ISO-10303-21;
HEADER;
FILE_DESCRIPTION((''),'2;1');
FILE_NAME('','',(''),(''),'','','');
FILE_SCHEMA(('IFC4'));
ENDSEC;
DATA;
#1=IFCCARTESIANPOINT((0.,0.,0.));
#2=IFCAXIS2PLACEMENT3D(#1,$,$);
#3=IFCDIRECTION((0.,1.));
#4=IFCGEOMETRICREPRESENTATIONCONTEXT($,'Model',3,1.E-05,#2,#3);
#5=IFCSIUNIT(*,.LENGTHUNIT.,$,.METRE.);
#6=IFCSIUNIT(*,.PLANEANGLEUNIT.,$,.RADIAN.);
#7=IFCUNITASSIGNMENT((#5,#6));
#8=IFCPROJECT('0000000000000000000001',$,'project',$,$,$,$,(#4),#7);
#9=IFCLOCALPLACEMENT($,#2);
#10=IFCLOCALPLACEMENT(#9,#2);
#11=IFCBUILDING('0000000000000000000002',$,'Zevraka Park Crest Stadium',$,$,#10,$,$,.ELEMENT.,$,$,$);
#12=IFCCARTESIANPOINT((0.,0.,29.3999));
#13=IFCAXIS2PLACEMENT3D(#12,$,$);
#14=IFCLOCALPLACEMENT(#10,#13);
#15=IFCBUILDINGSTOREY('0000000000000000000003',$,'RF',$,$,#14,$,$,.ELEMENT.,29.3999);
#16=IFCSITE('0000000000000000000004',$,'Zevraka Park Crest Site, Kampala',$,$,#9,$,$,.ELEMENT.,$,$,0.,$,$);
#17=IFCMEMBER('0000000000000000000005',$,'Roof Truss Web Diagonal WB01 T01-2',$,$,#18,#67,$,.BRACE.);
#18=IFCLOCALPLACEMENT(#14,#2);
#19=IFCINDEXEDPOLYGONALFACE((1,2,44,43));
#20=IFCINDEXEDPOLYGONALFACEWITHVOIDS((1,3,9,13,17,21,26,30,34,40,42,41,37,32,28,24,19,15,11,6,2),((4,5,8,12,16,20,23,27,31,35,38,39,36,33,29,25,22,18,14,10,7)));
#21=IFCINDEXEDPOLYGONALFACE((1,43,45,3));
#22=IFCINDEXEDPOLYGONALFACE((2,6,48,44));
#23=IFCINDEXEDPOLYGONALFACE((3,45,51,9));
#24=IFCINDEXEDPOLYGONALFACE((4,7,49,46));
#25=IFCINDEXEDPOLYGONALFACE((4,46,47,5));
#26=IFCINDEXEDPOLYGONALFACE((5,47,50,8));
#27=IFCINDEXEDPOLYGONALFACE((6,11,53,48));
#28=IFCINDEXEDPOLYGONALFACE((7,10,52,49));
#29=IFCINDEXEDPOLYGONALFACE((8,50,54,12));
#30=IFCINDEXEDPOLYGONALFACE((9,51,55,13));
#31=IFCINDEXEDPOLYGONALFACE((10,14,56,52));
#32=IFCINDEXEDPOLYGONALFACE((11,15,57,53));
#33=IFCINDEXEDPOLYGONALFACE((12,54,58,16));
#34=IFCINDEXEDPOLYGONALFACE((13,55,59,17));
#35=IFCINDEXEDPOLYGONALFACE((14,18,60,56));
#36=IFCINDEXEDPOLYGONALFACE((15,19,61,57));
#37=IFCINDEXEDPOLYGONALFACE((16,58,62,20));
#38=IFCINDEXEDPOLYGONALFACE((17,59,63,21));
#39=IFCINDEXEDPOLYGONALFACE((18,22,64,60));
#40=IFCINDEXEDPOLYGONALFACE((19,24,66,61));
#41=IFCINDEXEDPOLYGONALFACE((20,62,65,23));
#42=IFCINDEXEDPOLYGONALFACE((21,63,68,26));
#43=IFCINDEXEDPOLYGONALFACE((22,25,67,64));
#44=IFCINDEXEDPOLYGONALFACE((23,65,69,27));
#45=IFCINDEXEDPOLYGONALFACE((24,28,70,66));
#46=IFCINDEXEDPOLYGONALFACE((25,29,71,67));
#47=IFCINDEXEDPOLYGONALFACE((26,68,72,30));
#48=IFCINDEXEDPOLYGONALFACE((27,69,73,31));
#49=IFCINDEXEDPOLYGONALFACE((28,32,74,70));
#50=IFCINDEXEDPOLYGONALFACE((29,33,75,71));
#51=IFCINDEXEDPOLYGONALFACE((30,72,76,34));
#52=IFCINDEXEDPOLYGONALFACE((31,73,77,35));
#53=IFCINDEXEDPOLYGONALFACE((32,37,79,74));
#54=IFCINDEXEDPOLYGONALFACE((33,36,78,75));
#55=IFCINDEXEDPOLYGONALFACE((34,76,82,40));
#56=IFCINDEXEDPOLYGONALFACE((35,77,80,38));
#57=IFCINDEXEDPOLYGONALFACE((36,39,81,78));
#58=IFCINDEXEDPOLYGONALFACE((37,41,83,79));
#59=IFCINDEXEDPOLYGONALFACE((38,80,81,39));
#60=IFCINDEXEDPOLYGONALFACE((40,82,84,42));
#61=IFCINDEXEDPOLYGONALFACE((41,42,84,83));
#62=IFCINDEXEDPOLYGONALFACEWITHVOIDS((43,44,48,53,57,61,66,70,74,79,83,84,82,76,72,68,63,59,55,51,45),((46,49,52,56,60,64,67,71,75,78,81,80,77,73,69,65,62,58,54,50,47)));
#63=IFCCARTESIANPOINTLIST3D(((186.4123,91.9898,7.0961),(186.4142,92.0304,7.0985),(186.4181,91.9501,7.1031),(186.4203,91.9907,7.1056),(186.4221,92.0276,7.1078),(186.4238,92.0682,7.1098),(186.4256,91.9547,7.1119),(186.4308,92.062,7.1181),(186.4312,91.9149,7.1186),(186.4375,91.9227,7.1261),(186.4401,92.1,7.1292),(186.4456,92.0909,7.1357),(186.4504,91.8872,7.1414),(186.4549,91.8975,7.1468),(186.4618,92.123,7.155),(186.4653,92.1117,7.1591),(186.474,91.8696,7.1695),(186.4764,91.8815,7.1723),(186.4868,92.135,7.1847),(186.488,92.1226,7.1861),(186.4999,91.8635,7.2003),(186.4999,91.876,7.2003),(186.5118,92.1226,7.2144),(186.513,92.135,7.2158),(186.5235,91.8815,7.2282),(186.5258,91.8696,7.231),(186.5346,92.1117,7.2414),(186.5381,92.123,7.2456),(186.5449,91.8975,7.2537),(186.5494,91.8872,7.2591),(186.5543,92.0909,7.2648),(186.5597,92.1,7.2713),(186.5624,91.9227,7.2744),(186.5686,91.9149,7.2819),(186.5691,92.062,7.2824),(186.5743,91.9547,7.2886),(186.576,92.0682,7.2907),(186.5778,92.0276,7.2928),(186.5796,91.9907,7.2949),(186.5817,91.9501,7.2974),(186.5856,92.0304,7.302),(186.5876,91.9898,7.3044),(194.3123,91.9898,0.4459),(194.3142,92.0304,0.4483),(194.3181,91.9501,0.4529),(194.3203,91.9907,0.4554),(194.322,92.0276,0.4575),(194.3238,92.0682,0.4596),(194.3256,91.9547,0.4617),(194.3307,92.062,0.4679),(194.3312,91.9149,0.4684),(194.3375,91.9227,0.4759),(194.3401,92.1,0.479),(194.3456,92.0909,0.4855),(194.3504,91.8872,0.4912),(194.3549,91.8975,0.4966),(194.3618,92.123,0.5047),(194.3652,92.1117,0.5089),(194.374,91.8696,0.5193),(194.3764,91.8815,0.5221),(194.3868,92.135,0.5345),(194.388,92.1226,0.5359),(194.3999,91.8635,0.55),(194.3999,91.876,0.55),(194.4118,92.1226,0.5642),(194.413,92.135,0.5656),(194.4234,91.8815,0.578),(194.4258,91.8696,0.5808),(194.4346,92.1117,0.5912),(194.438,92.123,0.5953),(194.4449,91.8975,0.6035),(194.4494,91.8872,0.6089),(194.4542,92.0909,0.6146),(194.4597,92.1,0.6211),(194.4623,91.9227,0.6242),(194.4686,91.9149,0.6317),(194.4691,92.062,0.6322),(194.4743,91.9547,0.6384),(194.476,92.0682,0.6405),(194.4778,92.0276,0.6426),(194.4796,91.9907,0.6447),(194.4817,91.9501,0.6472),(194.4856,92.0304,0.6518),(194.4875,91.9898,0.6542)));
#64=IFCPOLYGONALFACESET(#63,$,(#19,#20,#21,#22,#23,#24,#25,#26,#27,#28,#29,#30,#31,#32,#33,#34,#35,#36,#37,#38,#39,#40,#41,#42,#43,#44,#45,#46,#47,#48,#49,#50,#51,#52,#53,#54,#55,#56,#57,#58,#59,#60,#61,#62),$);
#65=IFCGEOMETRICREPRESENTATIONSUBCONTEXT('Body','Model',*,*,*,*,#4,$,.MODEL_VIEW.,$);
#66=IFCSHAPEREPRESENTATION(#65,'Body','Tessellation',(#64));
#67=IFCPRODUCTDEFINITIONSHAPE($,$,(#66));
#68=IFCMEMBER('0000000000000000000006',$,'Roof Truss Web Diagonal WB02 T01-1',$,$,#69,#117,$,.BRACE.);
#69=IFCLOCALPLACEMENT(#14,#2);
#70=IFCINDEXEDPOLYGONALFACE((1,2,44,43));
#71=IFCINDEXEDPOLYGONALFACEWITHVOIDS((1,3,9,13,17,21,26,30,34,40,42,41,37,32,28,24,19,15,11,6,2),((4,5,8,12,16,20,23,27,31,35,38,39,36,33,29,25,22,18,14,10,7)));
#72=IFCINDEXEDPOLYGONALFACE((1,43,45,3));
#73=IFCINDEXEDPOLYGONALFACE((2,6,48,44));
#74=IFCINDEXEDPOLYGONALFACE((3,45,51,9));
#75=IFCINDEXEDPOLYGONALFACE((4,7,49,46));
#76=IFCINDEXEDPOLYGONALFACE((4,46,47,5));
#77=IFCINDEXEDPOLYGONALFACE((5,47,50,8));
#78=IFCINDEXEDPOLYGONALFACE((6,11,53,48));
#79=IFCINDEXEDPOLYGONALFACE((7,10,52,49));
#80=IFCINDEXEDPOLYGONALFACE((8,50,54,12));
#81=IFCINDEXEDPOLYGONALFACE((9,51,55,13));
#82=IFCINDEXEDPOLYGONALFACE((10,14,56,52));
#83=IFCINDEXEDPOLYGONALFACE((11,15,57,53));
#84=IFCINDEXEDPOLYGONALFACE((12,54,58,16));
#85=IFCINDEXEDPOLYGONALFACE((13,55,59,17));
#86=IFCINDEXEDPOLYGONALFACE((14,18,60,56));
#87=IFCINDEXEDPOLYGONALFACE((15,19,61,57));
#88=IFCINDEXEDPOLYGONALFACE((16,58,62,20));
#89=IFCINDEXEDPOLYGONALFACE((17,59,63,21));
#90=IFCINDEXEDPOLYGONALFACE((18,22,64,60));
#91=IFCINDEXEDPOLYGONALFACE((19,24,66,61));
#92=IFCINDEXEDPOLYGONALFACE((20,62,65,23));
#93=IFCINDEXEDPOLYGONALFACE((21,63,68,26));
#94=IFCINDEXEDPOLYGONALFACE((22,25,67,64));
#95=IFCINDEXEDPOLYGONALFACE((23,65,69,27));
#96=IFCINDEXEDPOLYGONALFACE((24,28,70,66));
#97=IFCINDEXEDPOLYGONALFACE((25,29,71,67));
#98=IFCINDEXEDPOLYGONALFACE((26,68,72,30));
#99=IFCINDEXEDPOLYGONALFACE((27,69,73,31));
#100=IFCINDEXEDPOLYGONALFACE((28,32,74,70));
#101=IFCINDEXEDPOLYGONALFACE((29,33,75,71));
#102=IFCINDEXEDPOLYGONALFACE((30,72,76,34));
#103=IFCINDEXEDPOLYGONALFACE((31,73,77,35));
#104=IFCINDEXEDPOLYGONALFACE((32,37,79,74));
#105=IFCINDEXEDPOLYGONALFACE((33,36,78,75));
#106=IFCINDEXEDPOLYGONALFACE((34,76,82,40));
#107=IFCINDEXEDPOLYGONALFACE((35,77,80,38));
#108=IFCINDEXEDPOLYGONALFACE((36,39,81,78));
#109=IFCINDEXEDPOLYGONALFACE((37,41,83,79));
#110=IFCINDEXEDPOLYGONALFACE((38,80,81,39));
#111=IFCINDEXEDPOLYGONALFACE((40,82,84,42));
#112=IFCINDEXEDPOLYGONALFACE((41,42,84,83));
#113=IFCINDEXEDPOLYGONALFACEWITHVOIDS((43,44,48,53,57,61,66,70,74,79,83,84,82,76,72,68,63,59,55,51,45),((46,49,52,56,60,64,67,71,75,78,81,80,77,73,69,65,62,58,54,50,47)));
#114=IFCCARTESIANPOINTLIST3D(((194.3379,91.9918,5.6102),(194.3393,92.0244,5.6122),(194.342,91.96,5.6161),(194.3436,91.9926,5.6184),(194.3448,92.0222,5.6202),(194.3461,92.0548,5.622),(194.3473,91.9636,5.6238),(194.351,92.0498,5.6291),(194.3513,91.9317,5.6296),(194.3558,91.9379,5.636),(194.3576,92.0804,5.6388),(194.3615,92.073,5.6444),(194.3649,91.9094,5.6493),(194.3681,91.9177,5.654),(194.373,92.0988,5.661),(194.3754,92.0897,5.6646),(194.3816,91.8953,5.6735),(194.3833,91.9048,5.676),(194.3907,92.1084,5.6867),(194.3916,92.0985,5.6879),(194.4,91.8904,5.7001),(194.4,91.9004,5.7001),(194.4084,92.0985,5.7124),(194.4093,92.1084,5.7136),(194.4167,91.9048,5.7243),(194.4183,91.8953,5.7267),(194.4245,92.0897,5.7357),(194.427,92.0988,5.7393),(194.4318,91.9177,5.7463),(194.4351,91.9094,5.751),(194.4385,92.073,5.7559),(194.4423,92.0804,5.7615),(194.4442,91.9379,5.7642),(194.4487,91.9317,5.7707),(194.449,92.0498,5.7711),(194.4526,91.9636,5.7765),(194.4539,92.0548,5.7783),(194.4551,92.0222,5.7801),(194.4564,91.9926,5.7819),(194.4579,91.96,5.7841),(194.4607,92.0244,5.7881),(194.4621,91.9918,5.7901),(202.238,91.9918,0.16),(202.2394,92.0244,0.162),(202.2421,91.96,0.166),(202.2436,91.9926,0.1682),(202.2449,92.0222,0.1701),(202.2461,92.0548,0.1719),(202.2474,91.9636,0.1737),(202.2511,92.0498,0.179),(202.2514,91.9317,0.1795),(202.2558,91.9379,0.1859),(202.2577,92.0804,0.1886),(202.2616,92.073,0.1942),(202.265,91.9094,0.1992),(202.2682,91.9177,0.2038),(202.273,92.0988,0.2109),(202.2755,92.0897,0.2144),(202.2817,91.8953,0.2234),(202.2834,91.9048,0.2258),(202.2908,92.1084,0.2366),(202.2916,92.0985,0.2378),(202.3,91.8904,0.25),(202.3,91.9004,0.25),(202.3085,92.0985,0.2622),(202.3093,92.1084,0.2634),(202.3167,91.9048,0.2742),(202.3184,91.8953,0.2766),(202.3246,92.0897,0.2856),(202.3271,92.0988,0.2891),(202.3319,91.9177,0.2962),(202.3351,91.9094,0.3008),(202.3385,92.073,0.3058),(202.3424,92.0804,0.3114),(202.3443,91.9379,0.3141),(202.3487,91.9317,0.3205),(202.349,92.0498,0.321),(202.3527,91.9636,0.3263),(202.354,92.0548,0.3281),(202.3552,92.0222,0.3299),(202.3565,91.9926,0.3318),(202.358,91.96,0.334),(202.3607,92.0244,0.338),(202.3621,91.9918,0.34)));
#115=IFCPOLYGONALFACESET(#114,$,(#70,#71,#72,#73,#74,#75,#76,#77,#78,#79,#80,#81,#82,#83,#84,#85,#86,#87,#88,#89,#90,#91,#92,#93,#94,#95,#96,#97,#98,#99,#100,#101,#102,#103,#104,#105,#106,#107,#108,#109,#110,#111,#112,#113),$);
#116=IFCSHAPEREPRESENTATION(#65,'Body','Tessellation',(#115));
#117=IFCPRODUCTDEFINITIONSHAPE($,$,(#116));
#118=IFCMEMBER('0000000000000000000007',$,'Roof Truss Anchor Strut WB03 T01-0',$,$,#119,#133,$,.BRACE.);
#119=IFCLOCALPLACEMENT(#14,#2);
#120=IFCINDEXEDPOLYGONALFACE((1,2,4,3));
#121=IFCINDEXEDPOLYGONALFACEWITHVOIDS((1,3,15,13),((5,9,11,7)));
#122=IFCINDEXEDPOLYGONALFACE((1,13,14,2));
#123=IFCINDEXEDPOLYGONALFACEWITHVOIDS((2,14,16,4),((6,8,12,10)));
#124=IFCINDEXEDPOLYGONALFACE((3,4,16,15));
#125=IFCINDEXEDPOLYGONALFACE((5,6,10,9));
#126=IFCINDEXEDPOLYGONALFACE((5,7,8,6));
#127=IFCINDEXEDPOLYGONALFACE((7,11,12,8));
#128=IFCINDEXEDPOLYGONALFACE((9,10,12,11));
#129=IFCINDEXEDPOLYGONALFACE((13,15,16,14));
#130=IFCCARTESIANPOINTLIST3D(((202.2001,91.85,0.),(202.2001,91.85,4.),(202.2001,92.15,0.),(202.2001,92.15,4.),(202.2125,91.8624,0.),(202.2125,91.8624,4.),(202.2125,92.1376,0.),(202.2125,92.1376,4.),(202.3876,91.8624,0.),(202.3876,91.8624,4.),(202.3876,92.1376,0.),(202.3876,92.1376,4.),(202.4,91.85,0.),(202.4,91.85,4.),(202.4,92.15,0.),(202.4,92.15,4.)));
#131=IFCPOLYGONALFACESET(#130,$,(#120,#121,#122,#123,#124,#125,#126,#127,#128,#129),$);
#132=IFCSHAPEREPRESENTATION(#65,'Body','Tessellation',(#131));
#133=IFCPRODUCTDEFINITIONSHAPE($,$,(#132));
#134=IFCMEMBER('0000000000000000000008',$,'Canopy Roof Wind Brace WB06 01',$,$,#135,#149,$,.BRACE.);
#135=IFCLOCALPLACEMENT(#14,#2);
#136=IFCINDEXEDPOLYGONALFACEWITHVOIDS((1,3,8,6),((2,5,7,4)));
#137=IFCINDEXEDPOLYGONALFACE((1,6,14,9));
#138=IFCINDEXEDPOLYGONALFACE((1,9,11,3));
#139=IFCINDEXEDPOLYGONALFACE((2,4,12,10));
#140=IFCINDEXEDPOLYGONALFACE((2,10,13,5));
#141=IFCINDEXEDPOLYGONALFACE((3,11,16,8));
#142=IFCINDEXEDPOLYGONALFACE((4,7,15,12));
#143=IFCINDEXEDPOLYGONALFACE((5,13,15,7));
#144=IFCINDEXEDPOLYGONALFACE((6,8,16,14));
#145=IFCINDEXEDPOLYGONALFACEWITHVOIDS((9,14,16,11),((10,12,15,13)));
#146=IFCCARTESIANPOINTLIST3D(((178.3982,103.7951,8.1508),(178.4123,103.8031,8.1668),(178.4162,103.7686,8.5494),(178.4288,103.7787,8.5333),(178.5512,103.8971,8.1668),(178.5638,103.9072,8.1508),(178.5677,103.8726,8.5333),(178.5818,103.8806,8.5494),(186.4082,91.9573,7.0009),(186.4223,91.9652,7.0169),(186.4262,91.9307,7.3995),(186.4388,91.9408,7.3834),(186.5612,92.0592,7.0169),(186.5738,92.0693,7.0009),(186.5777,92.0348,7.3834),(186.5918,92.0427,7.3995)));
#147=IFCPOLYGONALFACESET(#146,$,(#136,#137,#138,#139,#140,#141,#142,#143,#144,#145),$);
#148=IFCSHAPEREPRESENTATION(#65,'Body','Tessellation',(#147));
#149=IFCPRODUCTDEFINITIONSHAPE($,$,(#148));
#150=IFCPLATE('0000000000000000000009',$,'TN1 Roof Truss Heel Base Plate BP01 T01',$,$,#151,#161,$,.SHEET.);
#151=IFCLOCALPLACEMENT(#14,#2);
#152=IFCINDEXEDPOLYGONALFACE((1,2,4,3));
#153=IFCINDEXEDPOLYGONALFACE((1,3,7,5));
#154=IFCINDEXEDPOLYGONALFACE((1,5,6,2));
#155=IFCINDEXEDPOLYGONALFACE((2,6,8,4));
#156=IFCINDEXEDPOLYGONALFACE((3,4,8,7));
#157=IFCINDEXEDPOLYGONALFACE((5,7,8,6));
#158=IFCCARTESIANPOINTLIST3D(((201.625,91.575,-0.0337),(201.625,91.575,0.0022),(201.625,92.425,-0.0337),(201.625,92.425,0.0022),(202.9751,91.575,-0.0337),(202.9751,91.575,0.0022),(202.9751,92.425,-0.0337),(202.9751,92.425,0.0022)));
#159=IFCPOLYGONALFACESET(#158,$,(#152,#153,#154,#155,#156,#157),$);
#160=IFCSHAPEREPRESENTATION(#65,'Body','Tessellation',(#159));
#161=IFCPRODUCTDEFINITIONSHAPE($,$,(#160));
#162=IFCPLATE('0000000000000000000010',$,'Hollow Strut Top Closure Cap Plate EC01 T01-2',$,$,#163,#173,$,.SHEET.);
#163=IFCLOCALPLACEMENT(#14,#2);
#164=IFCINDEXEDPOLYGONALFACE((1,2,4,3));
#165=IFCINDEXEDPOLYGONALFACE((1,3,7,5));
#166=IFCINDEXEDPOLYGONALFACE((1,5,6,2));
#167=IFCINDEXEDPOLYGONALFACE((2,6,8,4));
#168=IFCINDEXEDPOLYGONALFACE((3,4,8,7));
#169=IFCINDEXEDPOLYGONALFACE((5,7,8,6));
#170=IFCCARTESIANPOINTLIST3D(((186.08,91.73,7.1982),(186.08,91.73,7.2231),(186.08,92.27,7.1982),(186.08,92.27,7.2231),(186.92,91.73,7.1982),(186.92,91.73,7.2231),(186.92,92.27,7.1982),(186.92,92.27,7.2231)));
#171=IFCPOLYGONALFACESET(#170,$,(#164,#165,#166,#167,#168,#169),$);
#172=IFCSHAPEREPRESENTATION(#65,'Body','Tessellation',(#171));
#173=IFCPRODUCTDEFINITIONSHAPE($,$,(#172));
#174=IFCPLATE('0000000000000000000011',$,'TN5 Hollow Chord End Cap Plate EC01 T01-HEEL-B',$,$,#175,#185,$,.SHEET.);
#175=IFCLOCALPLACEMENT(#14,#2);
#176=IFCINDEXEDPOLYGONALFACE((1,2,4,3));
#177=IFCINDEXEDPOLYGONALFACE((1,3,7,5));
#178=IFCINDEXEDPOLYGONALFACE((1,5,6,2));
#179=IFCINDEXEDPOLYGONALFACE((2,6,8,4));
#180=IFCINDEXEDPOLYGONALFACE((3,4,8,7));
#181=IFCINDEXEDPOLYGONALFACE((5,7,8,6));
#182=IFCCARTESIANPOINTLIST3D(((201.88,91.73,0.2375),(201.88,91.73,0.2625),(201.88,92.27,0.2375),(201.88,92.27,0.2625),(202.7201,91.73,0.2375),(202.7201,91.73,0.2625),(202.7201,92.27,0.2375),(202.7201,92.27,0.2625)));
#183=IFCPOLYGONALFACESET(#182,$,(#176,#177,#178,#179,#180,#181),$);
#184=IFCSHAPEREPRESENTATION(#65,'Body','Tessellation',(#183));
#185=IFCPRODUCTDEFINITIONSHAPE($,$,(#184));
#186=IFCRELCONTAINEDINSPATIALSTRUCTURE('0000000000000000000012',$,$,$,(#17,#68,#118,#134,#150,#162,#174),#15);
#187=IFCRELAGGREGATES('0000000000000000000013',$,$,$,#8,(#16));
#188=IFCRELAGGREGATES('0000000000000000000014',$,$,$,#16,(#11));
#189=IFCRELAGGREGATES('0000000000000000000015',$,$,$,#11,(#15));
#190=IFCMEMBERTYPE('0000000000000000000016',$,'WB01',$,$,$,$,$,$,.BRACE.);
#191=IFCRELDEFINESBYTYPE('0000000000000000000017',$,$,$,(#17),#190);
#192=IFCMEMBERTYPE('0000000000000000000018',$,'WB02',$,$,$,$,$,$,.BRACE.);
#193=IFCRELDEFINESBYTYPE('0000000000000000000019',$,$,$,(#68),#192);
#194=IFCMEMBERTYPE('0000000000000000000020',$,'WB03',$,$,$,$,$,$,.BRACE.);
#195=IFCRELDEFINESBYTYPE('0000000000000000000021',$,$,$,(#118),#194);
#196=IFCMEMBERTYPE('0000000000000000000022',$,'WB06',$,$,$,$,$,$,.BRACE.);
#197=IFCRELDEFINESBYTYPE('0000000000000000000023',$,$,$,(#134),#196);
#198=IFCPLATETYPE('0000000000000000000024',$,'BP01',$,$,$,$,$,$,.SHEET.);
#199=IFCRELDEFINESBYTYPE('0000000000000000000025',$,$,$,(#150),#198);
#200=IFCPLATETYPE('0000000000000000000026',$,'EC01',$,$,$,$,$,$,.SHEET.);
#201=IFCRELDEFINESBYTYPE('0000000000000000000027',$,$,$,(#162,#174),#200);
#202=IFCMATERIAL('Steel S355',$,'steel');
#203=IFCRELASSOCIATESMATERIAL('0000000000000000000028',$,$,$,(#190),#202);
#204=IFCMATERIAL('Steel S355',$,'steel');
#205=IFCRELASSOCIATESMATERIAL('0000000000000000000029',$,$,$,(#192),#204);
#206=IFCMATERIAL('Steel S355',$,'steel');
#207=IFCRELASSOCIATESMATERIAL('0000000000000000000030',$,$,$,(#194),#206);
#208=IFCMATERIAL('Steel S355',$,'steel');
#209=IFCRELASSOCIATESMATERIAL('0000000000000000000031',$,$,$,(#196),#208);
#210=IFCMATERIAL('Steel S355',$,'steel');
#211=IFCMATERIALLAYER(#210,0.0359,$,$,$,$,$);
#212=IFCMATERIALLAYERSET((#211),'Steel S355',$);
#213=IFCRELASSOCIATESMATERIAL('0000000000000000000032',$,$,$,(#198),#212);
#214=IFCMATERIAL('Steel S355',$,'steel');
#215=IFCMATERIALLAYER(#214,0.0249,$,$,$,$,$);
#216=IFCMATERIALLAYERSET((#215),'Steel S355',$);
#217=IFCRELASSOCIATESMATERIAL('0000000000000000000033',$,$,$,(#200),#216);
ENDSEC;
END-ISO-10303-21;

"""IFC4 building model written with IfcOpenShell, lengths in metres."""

from ifc_helpers import new_model, si_unit, direction, frame, origin, origin_2d, place, context, subcontext, project, spatial, rectangle, hollow_rectangle, hollow_circle, extrude, material, layer, layer_set, material_profile, profile_set, type_object, element, save


model = new_model("IFC4")

# Units and contexts
model_context = context("Model", 3, precision=1e-05, world=origin(), true_north=direction((0.0, 1.0)))
body_context = subcontext(model_context, "Body", "Model", "MODEL_VIEW")
ifc_project = project(units=[si_unit("LENGTHUNIT", "METRE"), si_unit("PLANEANGLEUNIT", "RADIAN")], contexts=[model_context])

# Site, building, storey
site_placement = place(None, origin())
site = spatial("IfcSite", under=ifc_project, at=site_placement, Name="Zevraka Park Crest Site, Kampala", CompositionType="ELEMENT", RefElevation=0.0)
building_placement = place(site_placement, origin())
building = spatial("IfcBuilding", under=site, at=building_placement, Name="Zevraka Park Crest Stadium", CompositionType="ELEMENT")
storey_placement = place(building_placement, frame((0.0, 0.0, 29.3999)))
storey = spatial("IfcBuildingStorey", under=building, at=storey_placement, Name="RF", CompositionType="ELEMENT", Elevation=29.3999)

# Members
ifc_material_1 = material(Name="Steel S355", Category="steel")
ifc_material_profile_1 = material_profile(ifc_material_1, hollow_circle(Radius=0.1365, WallThickness=0.0125, at=origin_2d()), Name="CHS 273.0x12.5")
ifc_profile_set_1 = profile_set([ifc_material_profile_1], Name="Steel S355")
member_type_1 = type_object("IfcMemberType", Name="WB01", PredefinedType="BRACE", material=ifc_profile_set_1)
member_1_placement = place(storey_placement, frame((194.3999, 92.0, 0.55), z_axis=(-0.765026, 0.0, 0.644), x_axis=(0.0, -1.0, 0.0)))
element("IfcMember", 1, at=member_1_placement, inside=storey, type_object=member_type_1, Name="Roof Truss Web Diagonal WB01 T01-2", PredefinedType="BRACE", context=body_context, shape_type="SweptSolid", body=[
    extrude(hollow_circle(Radius=0.1365, WallThickness=0.0125, at=origin_2d()), origin(), (0.0, 0.0, 1.0), 10.3264),
])
ifc_material_2 = material(Name="Steel S355", Category="steel")
ifc_material_profile_2 = material_profile(ifc_material_2, hollow_circle(Radius=0.1096, WallThickness=0.01, at=origin_2d()), Name="CHS 219.1x10")
ifc_profile_set_2 = profile_set([ifc_material_profile_2], Name="Steel S355")
member_type_2 = type_object("IfcMemberType", Name="WB02", PredefinedType="BRACE", material=ifc_profile_set_2)
member_2_placement = place(storey_placement, frame((202.3, 92.0, 0.25), z_axis=(-0.823124, 0.0, 0.567861), x_axis=(0.0, -1.0, 0.0)))
element("IfcMember", 2, at=member_2_placement, inside=storey, type_object=member_type_2, Name="Roof Truss Web Diagonal WB02 T01-1", PredefinedType="BRACE", context=body_context, shape_type="SweptSolid", body=[
    extrude(hollow_circle(Radius=0.1096, WallThickness=0.01, at=origin_2d()), origin(), (0.0, 0.0, 1.0), 9.5977),
])
ifc_material_3 = material(Name="Steel S355", Category="steel")
ifc_material_profile_3 = material_profile(ifc_material_3, hollow_rectangle(XDim=0.2, YDim=0.3, WallThickness=0.0125, at=origin_2d()), Name="RHS 300x200x12.5")
ifc_profile_set_3 = profile_set([ifc_material_profile_3], Name="Steel S355")
member_type_3 = type_object("IfcMemberType", Name="WB03", PredefinedType="BRACE", material=ifc_profile_set_3)
member_3_placement = place(storey_placement, frame((202.3, 92.0, 0.0), z_axis=(0.0, 0.0, 1.0), x_axis=(1.0, 0.0, 0.0)))
element("IfcMember", 3, at=member_3_placement, inside=storey, type_object=member_type_3, Name="Roof Truss Anchor Strut WB03 T01-0", PredefinedType="BRACE", context=body_context, shape_type="SweptSolid", body=[
    extrude(hollow_rectangle(XDim=0.2, YDim=0.3, WallThickness=0.0125, at=origin_2d()), origin(), (0.0, 0.0, 1.0), 4.0),
])
ifc_material_4 = material(Name="Steel S355", Category="steel")
ifc_material_profile_4 = material_profile(ifc_material_4, hollow_rectangle(XDim=0.2, YDim=0.3999, WallThickness=0.0161, at=origin_2d()), Name="RHS 400x200x16")
ifc_profile_set_4 = profile_set([ifc_material_profile_4], Name="Steel S355")
member_type_4 = type_object("IfcMemberType", Name="WB06", PredefinedType="BRACE", material=ifc_profile_set_4)
member_4_placement = place(storey_placement, frame((186.5, 92.0, 7.2002), z_axis=(-0.558602, 0.82555, 0.080192), x_axis=(-0.828218, -0.560407, 0.0)))
element("IfcMember", 4, at=member_4_placement, inside=storey, type_object=member_type_4, Name="Canopy Roof Wind Brace WB06 01", PredefinedType="BRACE", context=body_context, shape_type="SweptSolid", body=[
    extrude(hollow_rectangle(XDim=0.2, YDim=0.3999, WallThickness=0.0161, at=origin_2d()), origin(), (0.0, 0.0, 1.0), 14.3394),
])

# Plates
ifc_material_5 = material(Name="Steel S355", Category="steel")
ifc_layer_1 = layer(ifc_material_5, 0.0359)
ifc_layer_set_1 = layer_set([ifc_layer_1], Name="Steel S355")
plate_type_1 = type_object("IfcPlateType", Name="BP01", PredefinedType="SHEET", material=ifc_layer_set_1)
plate_1_placement = place(storey_placement, frame((202.3, 92.0, -0.0337), z_axis=(0.0, 0.0, 1.0), x_axis=(1.0, 0.0, 0.0)))
element("IfcPlate", 5, at=plate_1_placement, inside=storey, type_object=plate_type_1, Name="TN1 Roof Truss Heel Base Plate BP01 T01", PredefinedType="SHEET", context=body_context, shape_type="SweptSolid", body=[
    extrude(rectangle(XDim=1.3501, YDim=0.8501, at=origin_2d()), origin(), (0.0, 0.0, 1.0), 0.0359),
])
ifc_material_6 = material(Name="Steel S355", Category="steel")
ifc_layer_2 = layer(ifc_material_6, 0.0249)
ifc_layer_set_2 = layer_set([ifc_layer_2], Name="Steel S355")
plate_type_2 = type_object("IfcPlateType", Name="EC01", PredefinedType="SHEET", material=ifc_layer_set_2)
for number, where, z_axis, x_axis, name in (
    (6, (186.5, 92.0, 7.1982), (0.0, 0.0, 1.0), (1.0, 0.0, 0.0), "Hollow Strut Top Closure Cap Plate EC01 T01-2"),
    (7, (202.3, 92.0, 0.2375), (0.0, 0.0, 1.0), (1.0, 0.0, 0.0), "TN5 Hollow Chord End Cap Plate EC01 T01-HEEL-B"),
):
    element("IfcPlate", number, at=place(storey_placement, frame(where, z_axis=z_axis, x_axis=x_axis)), inside=storey, type_object=plate_type_2, Name=name, PredefinedType="SHEET", context=body_context, shape_type="SweptSolid", body=[
        extrude(rectangle(XDim=0.8401, YDim=0.54, at=origin_2d()), origin(), (0.0, 0.0, 1.0), 0.0249),
    ])

save(model, "model.ifc")
